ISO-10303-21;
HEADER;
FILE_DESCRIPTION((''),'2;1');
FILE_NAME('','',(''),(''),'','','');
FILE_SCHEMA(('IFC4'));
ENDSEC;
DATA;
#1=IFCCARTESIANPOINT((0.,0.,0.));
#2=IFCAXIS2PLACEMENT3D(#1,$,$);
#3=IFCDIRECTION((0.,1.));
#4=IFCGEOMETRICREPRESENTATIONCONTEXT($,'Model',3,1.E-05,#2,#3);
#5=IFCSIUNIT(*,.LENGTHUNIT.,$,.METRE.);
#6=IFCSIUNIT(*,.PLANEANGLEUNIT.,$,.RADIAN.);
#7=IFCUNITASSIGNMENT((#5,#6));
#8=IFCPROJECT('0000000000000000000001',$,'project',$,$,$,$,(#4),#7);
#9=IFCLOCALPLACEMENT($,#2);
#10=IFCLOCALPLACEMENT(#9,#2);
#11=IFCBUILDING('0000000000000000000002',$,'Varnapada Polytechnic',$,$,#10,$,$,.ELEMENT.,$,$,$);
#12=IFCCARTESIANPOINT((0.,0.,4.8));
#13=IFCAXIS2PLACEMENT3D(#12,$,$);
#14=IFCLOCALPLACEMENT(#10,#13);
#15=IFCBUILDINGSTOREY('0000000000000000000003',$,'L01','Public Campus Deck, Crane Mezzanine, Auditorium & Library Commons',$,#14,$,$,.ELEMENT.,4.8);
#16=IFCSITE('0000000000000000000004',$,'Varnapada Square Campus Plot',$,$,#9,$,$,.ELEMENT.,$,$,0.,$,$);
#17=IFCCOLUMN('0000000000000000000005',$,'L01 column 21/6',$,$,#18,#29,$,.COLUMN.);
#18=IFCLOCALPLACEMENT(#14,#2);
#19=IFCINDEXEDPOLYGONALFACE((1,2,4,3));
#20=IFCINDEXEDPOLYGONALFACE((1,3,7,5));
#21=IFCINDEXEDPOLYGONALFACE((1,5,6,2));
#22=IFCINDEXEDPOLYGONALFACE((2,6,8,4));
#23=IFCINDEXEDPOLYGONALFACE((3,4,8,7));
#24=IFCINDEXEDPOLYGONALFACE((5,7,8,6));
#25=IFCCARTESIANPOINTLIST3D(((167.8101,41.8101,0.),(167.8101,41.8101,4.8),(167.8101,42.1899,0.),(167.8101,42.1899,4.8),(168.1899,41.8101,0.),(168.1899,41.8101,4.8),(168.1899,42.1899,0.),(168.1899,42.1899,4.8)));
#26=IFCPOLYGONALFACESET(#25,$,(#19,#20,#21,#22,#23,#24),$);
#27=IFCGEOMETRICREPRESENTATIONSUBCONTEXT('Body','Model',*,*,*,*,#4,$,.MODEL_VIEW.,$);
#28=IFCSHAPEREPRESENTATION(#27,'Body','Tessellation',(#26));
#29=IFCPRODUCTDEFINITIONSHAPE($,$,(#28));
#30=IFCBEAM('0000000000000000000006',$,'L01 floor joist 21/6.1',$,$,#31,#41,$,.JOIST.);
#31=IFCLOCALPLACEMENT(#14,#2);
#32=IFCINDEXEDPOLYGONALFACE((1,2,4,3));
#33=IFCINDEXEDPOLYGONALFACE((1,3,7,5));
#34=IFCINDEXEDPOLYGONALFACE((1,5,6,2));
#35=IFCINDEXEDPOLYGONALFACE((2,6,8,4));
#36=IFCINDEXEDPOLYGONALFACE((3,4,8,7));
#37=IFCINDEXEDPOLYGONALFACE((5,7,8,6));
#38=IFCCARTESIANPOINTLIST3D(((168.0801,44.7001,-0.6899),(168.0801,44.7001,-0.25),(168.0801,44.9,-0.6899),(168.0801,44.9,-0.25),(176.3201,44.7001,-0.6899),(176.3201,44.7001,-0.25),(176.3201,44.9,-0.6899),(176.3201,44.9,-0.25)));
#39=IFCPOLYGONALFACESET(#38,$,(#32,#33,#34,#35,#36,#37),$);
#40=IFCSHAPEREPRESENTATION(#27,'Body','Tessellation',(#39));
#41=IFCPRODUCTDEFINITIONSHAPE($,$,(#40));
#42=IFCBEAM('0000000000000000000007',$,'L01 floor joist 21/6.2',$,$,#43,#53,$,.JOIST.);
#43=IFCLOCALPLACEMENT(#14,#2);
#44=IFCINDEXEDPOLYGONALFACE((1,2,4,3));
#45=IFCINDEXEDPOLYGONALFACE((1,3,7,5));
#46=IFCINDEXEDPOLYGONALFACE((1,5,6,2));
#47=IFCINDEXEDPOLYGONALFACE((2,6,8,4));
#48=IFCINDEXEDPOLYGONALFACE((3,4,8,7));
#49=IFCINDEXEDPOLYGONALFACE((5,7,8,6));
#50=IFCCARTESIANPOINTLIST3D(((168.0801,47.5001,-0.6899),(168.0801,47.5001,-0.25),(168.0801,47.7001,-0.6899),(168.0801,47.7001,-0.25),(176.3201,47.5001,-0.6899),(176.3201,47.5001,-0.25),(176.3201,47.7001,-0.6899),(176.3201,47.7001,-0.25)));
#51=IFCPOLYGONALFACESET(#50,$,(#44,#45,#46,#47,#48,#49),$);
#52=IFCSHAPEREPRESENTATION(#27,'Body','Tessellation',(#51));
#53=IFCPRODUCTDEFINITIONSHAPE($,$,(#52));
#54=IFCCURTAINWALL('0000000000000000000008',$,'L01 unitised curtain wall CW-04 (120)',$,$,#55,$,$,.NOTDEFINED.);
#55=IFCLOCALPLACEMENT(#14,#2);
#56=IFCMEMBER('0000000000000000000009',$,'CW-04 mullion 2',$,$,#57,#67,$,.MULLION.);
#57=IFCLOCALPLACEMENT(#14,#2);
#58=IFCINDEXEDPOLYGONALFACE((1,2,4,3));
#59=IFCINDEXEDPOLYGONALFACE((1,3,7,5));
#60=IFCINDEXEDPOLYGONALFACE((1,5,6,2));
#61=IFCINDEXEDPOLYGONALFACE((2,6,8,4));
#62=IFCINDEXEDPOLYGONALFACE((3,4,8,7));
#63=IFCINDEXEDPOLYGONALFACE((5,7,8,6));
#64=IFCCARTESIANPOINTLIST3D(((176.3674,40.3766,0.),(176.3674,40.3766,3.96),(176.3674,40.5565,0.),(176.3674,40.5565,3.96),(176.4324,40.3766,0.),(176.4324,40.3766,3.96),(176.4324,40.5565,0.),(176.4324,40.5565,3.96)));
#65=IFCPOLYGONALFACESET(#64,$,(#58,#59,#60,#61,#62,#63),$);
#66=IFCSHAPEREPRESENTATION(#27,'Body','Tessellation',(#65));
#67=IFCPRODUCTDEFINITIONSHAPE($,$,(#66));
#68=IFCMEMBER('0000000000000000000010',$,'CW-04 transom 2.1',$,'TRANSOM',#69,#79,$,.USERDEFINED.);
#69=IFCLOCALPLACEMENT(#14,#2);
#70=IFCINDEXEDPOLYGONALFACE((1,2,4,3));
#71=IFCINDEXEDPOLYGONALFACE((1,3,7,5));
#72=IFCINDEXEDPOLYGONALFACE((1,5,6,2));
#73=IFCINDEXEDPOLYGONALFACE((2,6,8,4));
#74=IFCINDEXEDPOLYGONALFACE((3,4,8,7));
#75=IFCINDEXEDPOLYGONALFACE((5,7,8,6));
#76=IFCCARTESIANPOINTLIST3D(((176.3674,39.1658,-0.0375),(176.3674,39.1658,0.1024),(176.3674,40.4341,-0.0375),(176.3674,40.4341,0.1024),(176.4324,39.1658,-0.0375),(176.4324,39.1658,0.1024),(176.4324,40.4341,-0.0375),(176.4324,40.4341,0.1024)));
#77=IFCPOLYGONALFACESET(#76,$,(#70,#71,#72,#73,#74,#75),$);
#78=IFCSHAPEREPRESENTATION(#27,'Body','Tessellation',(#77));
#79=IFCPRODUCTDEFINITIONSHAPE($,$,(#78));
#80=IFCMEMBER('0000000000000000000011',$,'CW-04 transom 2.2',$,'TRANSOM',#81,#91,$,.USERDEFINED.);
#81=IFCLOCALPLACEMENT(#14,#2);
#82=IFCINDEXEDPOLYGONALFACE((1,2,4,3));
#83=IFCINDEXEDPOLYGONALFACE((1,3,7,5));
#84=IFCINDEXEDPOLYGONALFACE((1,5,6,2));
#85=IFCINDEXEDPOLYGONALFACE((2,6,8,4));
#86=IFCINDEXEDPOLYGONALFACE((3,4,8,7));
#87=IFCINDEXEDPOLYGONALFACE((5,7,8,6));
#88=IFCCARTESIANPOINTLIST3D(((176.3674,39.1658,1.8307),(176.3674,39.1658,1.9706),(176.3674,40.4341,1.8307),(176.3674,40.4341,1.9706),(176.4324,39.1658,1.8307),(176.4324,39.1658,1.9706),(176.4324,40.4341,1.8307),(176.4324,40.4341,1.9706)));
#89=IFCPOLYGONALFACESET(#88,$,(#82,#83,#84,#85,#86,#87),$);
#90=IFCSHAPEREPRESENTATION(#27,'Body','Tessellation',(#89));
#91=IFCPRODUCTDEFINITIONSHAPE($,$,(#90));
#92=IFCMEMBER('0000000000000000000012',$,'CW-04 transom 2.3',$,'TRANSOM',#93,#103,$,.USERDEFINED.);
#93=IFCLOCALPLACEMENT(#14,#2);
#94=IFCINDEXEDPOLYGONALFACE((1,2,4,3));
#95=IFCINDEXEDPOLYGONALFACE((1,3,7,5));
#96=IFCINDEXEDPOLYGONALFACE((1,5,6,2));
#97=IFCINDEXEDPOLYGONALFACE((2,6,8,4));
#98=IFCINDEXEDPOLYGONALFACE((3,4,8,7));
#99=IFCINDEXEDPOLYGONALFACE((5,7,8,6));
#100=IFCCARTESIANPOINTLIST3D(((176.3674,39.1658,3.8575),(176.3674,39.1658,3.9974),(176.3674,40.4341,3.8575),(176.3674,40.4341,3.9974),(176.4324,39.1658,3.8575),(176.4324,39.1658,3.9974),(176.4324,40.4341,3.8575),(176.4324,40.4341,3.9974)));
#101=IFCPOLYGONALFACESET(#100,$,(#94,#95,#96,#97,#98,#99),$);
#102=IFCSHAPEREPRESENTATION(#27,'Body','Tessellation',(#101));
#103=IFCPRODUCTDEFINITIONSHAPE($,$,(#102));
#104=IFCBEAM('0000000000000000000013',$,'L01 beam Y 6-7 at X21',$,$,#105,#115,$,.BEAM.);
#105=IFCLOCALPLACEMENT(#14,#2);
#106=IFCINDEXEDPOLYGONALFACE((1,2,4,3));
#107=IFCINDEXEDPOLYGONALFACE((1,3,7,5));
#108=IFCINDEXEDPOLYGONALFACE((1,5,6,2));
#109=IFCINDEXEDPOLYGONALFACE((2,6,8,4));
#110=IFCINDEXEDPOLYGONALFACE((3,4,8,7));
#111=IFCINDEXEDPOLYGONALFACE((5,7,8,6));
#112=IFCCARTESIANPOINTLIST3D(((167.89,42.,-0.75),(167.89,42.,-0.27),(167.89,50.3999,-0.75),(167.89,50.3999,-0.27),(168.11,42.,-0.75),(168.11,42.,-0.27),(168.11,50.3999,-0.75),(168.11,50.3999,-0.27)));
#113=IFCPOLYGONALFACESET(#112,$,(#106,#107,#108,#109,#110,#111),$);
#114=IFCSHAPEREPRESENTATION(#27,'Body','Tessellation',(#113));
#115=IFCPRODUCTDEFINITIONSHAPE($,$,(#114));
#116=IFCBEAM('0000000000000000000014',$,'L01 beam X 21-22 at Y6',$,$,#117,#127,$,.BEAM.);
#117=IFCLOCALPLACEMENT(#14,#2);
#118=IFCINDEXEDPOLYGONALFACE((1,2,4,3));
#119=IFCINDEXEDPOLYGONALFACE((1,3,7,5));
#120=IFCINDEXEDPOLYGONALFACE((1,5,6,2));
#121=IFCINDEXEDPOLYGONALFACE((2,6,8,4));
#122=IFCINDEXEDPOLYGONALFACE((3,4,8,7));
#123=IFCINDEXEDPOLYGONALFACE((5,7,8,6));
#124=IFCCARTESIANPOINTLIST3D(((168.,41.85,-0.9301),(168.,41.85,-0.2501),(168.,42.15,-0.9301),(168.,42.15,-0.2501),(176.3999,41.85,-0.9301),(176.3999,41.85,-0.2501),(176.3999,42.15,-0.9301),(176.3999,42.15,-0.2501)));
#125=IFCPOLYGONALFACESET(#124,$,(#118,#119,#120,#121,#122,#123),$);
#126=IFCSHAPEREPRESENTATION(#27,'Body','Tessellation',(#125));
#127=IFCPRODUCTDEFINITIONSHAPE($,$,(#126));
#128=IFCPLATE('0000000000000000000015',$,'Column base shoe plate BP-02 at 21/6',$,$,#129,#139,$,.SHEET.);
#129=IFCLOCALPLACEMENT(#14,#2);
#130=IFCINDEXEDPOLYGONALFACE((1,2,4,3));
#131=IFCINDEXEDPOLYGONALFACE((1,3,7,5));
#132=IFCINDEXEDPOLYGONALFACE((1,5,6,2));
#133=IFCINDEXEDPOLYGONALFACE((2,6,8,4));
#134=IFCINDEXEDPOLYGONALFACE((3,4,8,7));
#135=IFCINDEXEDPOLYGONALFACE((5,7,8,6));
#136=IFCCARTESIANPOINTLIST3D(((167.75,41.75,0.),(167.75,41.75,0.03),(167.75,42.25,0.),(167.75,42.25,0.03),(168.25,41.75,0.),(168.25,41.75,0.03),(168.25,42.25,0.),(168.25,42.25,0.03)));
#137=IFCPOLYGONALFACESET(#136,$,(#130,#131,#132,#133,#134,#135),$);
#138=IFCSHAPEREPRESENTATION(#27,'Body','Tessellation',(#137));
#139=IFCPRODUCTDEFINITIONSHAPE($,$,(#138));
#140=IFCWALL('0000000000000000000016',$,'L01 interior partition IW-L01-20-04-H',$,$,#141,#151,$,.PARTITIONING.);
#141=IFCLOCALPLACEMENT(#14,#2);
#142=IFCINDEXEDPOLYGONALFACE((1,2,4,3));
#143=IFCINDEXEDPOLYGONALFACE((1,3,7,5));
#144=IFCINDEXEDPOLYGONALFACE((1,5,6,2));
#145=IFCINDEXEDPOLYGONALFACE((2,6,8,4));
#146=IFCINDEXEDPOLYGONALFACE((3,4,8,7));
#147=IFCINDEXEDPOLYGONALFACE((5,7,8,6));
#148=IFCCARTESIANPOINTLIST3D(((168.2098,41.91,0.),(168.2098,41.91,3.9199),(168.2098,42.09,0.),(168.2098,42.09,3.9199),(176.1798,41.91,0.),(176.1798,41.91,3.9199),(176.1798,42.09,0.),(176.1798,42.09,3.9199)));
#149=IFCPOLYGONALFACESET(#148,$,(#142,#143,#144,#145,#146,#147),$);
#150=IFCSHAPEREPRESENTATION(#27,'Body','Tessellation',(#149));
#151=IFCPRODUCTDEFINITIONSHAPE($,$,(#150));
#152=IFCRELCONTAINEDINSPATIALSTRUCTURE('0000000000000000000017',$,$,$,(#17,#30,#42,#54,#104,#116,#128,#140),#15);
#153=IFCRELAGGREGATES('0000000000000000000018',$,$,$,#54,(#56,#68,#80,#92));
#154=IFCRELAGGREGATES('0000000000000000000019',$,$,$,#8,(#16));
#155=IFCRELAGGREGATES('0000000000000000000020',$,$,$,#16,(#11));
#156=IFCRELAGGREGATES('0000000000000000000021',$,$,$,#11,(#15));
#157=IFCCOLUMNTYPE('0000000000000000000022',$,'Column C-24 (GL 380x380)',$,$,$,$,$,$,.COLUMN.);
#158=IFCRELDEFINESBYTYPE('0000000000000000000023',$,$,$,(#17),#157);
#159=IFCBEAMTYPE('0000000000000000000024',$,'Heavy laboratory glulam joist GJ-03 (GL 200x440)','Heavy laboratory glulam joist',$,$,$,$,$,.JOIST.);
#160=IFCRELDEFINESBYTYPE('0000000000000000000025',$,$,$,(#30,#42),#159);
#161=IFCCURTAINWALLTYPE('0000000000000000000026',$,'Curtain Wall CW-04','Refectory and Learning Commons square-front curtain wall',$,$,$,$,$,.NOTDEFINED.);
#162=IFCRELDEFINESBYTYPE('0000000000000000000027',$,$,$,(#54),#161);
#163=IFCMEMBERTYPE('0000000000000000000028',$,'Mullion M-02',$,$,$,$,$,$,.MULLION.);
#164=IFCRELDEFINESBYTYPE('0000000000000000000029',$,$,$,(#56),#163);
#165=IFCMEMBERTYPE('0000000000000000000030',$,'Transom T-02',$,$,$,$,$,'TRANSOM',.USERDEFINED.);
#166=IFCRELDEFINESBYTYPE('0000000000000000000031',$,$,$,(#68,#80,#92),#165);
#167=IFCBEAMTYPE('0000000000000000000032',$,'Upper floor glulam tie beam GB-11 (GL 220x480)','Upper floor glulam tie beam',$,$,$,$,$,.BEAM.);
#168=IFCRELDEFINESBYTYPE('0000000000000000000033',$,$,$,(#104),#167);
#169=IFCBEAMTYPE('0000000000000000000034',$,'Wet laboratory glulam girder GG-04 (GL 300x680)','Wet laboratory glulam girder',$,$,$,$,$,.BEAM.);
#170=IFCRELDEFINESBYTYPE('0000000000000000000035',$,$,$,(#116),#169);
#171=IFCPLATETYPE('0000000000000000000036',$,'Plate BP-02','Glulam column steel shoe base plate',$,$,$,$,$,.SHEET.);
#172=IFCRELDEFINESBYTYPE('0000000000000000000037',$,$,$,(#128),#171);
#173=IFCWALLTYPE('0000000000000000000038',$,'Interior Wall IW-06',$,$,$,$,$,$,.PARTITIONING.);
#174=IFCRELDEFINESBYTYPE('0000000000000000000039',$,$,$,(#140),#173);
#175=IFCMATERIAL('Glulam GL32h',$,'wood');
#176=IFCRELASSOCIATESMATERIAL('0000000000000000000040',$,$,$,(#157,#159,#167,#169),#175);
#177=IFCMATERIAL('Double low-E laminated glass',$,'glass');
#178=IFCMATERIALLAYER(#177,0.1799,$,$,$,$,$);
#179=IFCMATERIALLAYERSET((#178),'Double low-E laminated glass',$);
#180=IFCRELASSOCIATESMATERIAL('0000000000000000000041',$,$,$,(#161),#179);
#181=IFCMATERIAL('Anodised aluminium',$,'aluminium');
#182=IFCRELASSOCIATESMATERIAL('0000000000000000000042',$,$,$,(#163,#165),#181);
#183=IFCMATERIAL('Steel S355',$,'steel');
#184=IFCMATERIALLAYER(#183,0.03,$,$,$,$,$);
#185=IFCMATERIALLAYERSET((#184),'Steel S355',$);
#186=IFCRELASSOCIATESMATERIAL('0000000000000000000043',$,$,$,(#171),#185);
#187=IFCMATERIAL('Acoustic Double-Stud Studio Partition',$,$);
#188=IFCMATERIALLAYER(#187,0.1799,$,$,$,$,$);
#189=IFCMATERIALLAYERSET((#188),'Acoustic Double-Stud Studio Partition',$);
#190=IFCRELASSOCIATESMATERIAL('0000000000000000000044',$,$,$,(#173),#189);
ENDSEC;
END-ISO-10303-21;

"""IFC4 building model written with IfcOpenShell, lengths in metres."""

from ifc_helpers import new_model, si_unit, direction, frame, frame_2d, origin, origin_2d, place, context, subcontext, project, spatial, rectangle, extrude, material, layer, layer_set, material_profile, profile_set, type_object, element, aggregate, save


model = new_model("IFC4")

# Units and contexts
model_context = context("Model", 3, precision=1e-05, world=origin(), true_north=direction((0.0, 1.0)))
body_context = subcontext(model_context, "Body", "Model", "MODEL_VIEW")
ifc_project = project(units=[si_unit("LENGTHUNIT", "METRE"), si_unit("PLANEANGLEUNIT", "RADIAN")], contexts=[model_context])

# Site, building, storey
site_placement = place(None, origin())
site = spatial("IfcSite", under=ifc_project, at=site_placement, Name="Varnapada Square Campus Plot", CompositionType="ELEMENT", RefElevation=0.0)
building_placement = place(site_placement, origin())
building = spatial("IfcBuilding", under=site, at=building_placement, Name="Varnapada Polytechnic", CompositionType="ELEMENT")
storey_placement = place(building_placement, frame((0.0, 0.0, 4.8)))
storey = spatial("IfcBuildingStorey", under=building, at=storey_placement, Name="L01", Description="Public Campus Deck, Crane Mezzanine, Auditorium & Library Commons", CompositionType="ELEMENT", Elevation=4.8)

# Column
ifc_material_1 = material(Name="Glulam GL32h", Category="wood")
ifc_material_profile_1 = material_profile(ifc_material_1, rectangle(XDim=0.3799, YDim=0.3799, at=origin_2d()), Name="GL 380x380")
ifc_profile_set_1 = profile_set([ifc_material_profile_1], Name="Glulam GL32h")
column_type = type_object("IfcColumnType", Name="Column C-24 (GL 380x380)", PredefinedType="COLUMN", material=ifc_profile_set_1)
column_placement = place(storey_placement, frame((168.0, 42.0, 0.0), z_axis=(0.0, 0.0, 1.0), x_axis=(1.0, 0.0, 0.0)))
element("IfcColumn", 1, at=column_placement, inside=storey, type_object=column_type, Name="L01 column 21/6", PredefinedType="COLUMN", context=body_context, shape_type="SweptSolid", body=[
    extrude(rectangle(XDim=0.3799, YDim=0.3799, at=origin_2d()), origin(), (0.0, 0.0, 1.0), 4.8),
])

# Beams
ifc_material_profile_2 = material_profile(ifc_material_1, rectangle(XDim=0.2, YDim=0.4399, at=origin_2d()), Name="GL 200x440")
ifc_profile_set_2 = profile_set([ifc_material_profile_2], Name="Glulam GL32h")
beam_type_1 = type_object("IfcBeamType", Name="Heavy laboratory glulam joist GJ-03 (GL 200x440)", Description="Heavy laboratory glulam joist", PredefinedType="JOIST", material=ifc_profile_set_2)
for number, where, z_axis, x_axis, name in (
    (2, (168.0801, 44.8, -0.47), (1.0, 0.0, 0.0), (0.0, 1.0, 0.0), "L01 floor joist 21/6.1"),
    (3, (168.0801, 47.6001, -0.47), (1.0, 0.0, 0.0), (0.0, 1.0, 0.0), "L01 floor joist 21/6.2"),
):
    element("IfcBeam", number, at=place(storey_placement, frame(where, z_axis=z_axis, x_axis=x_axis)), inside=storey, type_object=beam_type_1, Name=name, PredefinedType="JOIST", context=body_context, shape_type="SweptSolid", body=[
        extrude(rectangle(XDim=0.2, YDim=0.4399, at=origin_2d()), origin(), (0.0, 0.0, 1.0), 8.24),
    ])

# Curtain wall, members
ifc_material_2 = material(Name="Double low-E laminated glass", Category="glass")
ifc_layer_1 = layer(ifc_material_2, 0.1799)
ifc_layer_set_1 = layer_set([ifc_layer_1], Name="Double low-E laminated glass")
curtain_wall_type = type_object("IfcCurtainWallType", Name="Curtain Wall CW-04", Description="Refectory and Learning Commons square-front curtain wall", PredefinedType="NOTDEFINED", material=ifc_layer_set_1)
curtain_wall_placement = place(storey_placement, origin())
curtain_wall = element("IfcCurtainWall", 4, at=curtain_wall_placement, inside=storey, type_object=curtain_wall_type, Name="L01 unitised curtain wall CW-04 (120)", PredefinedType="NOTDEFINED")
ifc_material_3 = material(Name="Anodised aluminium", Category="aluminium")
ifc_material_profile_3 = material_profile(ifc_material_3, rectangle(XDim=0.0649, YDim=0.1799, at=origin_2d()), Name="ALU M65x180")
ifc_profile_set_3 = profile_set([ifc_material_profile_3], Name="Anodised aluminium")
member_type_1 = type_object("IfcMemberType", Name="Mullion M-02", PredefinedType="MULLION", material=ifc_profile_set_3)
member_1_placement = place(storey_placement, frame((176.3999, 40.4666, 0.0), z_axis=(0.0, 0.0, 1.0), x_axis=(1.0, 0.0, 0.0)))
member_1 = element("IfcMember", 5, at=member_1_placement, type_object=member_type_1, Name="CW-04 mullion 2", PredefinedType="MULLION", context=body_context, shape_type="SweptSolid", body=[
    extrude(rectangle(XDim=0.0649, YDim=0.1799, at=origin_2d()), origin(), (0.0, 0.0, 1.0), 3.96),
])
ifc_material_profile_4 = material_profile(ifc_material_3, rectangle(XDim=0.0649, YDim=0.1399, at=origin_2d()), Name="ALU T65x140")
ifc_profile_set_4 = profile_set([ifc_material_profile_4], Name="Anodised aluminium")
member_type_2 = type_object("IfcMemberType", Name="Transom T-02", ElementType="TRANSOM", PredefinedType="USERDEFINED", material=ifc_profile_set_4)
member_2_placement = place(storey_placement, frame((176.3999, 40.4341, 0.0325), z_axis=(0.0, -1.0, 0.0), x_axis=(1.0, 0.0, 0.0)))
member_2 = element("IfcMember", 6, at=member_2_placement, type_object=member_type_2, Name="CW-04 transom 2.1", ObjectType="TRANSOM", PredefinedType="USERDEFINED", context=body_context, shape_type="SweptSolid", body=[
    extrude(rectangle(XDim=0.0649, YDim=0.1399, at=origin_2d()), origin(), (0.0, 0.0, 1.0), 1.2683),
])
member_3_placement = place(storey_placement, frame((176.3999, 40.4341, 1.9006), z_axis=(0.0, -1.0, 0.0), x_axis=(1.0, 0.0, 0.0)))
member_3 = element("IfcMember", 7, at=member_3_placement, type_object=member_type_2, Name="CW-04 transom 2.2", ObjectType="TRANSOM", PredefinedType="USERDEFINED", context=body_context, shape_type="SweptSolid", body=[
    extrude(rectangle(XDim=0.0649, YDim=0.1399, at=origin_2d()), origin(), (0.0, 0.0, 1.0), 1.2683),
])
member_4_placement = place(storey_placement, frame((176.3999, 40.4341, 3.9275), z_axis=(0.0, -1.0, 0.0), x_axis=(1.0, 0.0, 0.0)))
member_4 = element("IfcMember", 8, at=member_4_placement, type_object=member_type_2, Name="CW-04 transom 2.3", ObjectType="TRANSOM", PredefinedType="USERDEFINED", context=body_context, shape_type="SweptSolid", body=[
    extrude(rectangle(XDim=0.0649, YDim=0.1399, at=origin_2d()), origin(), (0.0, 0.0, 1.0), 1.2683),
])
aggregate(curtain_wall, [member_1, member_2, member_3, member_4])

# Beams
ifc_material_profile_5 = material_profile(ifc_material_1, rectangle(XDim=0.22, YDim=0.48, at=origin_2d()), Name="GL 220x480")
ifc_profile_set_5 = profile_set([ifc_material_profile_5], Name="Glulam GL32h")
beam_type_2 = type_object("IfcBeamType", Name="Upper floor glulam tie beam GB-11 (GL 220x480)", Description="Upper floor glulam tie beam", PredefinedType="BEAM", material=ifc_profile_set_5)
beam_1_placement = place(storey_placement, frame((168.0, 42.0, -0.51), z_axis=(0.0, 1.0, 0.0), x_axis=(-1.0, 0.0, 0.0)))
element("IfcBeam", 9, at=beam_1_placement, inside=storey, type_object=beam_type_2, Name="L01 beam Y 6-7 at X21", PredefinedType="BEAM", context=body_context, shape_type="SweptSolid", body=[
    extrude(rectangle(XDim=0.22, YDim=0.48, at=origin_2d()), origin(), (0.0, 0.0, 1.0), 8.3999),
])
ifc_material_profile_6 = material_profile(ifc_material_1, rectangle(XDim=0.3, YDim=0.6799, at=origin_2d()), Name="GL 300x680")
ifc_profile_set_6 = profile_set([ifc_material_profile_6], Name="Glulam GL32h")
beam_type_3 = type_object("IfcBeamType", Name="Wet laboratory glulam girder GG-04 (GL 300x680)", Description="Wet laboratory glulam girder", PredefinedType="BEAM", material=ifc_profile_set_6)
beam_2_placement = place(storey_placement, frame((168.0, 42.0, -0.5901), z_axis=(1.0, 0.0, 0.0), x_axis=(0.0, 1.0, 0.0)))
element("IfcBeam", 10, at=beam_2_placement, inside=storey, type_object=beam_type_3, Name="L01 beam X 21-22 at Y6", PredefinedType="BEAM", context=body_context, shape_type="SweptSolid", body=[
    extrude(rectangle(XDim=0.3, YDim=0.6799, at=origin_2d()), origin(), (0.0, 0.0, 1.0), 8.3999),
])

# Plate
ifc_material_4 = material(Name="Steel S355", Category="steel")
ifc_layer_2 = layer(ifc_material_4, 0.03)
ifc_layer_set_2 = layer_set([ifc_layer_2], Name="Steel S355")
plate_type = type_object("IfcPlateType", Name="Plate BP-02", Description="Glulam column steel shoe base plate", PredefinedType="SHEET", material=ifc_layer_set_2)
plate_placement = place(storey_placement, frame((168.0, 42.0, 0.0), z_axis=(0.0, 0.0, 1.0), x_axis=(1.0, 0.0, 0.0)))
element("IfcPlate", 11, at=plate_placement, inside=storey, type_object=plate_type, Name="Column base shoe plate BP-02 at 21/6", PredefinedType="SHEET", context=body_context, shape_type="SweptSolid", body=[
    extrude(rectangle(XDim=0.5, YDim=0.5, at=origin_2d()), origin(), (0.0, 0.0, 1.0), 0.03),
])

# Wall
ifc_material_5 = material(Name="Acoustic Double-Stud Studio Partition")
ifc_layer_3 = layer(ifc_material_5, 0.1799)
ifc_layer_set_3 = layer_set([ifc_layer_3], Name="Acoustic Double-Stud Studio Partition")
wall_type_1 = type_object("IfcWallType", Name="Interior Wall IW-06", PredefinedType="PARTITIONING", material=ifc_layer_set_3)
wall_1_placement = place(storey_placement, frame((168.21, 42.0, 0.0), z_axis=(0.0, 0.0, 1.0), x_axis=(1.0, 0.0, 0.0)))
element("IfcWall", 12, at=wall_1_placement, inside=storey, type_object=wall_type_1, Name="L01 interior partition IW-L01-20-04-H", PredefinedType="PARTITIONING", context=body_context, shape_type="SweptSolid", body=[
    extrude(rectangle(XDim=7.97, YDim=0.1799, at=frame_2d((3.9849, 0.0))), origin(), (0.0, 0.0, 1.0), 3.9199),
])

save(model, "model.ifc")
